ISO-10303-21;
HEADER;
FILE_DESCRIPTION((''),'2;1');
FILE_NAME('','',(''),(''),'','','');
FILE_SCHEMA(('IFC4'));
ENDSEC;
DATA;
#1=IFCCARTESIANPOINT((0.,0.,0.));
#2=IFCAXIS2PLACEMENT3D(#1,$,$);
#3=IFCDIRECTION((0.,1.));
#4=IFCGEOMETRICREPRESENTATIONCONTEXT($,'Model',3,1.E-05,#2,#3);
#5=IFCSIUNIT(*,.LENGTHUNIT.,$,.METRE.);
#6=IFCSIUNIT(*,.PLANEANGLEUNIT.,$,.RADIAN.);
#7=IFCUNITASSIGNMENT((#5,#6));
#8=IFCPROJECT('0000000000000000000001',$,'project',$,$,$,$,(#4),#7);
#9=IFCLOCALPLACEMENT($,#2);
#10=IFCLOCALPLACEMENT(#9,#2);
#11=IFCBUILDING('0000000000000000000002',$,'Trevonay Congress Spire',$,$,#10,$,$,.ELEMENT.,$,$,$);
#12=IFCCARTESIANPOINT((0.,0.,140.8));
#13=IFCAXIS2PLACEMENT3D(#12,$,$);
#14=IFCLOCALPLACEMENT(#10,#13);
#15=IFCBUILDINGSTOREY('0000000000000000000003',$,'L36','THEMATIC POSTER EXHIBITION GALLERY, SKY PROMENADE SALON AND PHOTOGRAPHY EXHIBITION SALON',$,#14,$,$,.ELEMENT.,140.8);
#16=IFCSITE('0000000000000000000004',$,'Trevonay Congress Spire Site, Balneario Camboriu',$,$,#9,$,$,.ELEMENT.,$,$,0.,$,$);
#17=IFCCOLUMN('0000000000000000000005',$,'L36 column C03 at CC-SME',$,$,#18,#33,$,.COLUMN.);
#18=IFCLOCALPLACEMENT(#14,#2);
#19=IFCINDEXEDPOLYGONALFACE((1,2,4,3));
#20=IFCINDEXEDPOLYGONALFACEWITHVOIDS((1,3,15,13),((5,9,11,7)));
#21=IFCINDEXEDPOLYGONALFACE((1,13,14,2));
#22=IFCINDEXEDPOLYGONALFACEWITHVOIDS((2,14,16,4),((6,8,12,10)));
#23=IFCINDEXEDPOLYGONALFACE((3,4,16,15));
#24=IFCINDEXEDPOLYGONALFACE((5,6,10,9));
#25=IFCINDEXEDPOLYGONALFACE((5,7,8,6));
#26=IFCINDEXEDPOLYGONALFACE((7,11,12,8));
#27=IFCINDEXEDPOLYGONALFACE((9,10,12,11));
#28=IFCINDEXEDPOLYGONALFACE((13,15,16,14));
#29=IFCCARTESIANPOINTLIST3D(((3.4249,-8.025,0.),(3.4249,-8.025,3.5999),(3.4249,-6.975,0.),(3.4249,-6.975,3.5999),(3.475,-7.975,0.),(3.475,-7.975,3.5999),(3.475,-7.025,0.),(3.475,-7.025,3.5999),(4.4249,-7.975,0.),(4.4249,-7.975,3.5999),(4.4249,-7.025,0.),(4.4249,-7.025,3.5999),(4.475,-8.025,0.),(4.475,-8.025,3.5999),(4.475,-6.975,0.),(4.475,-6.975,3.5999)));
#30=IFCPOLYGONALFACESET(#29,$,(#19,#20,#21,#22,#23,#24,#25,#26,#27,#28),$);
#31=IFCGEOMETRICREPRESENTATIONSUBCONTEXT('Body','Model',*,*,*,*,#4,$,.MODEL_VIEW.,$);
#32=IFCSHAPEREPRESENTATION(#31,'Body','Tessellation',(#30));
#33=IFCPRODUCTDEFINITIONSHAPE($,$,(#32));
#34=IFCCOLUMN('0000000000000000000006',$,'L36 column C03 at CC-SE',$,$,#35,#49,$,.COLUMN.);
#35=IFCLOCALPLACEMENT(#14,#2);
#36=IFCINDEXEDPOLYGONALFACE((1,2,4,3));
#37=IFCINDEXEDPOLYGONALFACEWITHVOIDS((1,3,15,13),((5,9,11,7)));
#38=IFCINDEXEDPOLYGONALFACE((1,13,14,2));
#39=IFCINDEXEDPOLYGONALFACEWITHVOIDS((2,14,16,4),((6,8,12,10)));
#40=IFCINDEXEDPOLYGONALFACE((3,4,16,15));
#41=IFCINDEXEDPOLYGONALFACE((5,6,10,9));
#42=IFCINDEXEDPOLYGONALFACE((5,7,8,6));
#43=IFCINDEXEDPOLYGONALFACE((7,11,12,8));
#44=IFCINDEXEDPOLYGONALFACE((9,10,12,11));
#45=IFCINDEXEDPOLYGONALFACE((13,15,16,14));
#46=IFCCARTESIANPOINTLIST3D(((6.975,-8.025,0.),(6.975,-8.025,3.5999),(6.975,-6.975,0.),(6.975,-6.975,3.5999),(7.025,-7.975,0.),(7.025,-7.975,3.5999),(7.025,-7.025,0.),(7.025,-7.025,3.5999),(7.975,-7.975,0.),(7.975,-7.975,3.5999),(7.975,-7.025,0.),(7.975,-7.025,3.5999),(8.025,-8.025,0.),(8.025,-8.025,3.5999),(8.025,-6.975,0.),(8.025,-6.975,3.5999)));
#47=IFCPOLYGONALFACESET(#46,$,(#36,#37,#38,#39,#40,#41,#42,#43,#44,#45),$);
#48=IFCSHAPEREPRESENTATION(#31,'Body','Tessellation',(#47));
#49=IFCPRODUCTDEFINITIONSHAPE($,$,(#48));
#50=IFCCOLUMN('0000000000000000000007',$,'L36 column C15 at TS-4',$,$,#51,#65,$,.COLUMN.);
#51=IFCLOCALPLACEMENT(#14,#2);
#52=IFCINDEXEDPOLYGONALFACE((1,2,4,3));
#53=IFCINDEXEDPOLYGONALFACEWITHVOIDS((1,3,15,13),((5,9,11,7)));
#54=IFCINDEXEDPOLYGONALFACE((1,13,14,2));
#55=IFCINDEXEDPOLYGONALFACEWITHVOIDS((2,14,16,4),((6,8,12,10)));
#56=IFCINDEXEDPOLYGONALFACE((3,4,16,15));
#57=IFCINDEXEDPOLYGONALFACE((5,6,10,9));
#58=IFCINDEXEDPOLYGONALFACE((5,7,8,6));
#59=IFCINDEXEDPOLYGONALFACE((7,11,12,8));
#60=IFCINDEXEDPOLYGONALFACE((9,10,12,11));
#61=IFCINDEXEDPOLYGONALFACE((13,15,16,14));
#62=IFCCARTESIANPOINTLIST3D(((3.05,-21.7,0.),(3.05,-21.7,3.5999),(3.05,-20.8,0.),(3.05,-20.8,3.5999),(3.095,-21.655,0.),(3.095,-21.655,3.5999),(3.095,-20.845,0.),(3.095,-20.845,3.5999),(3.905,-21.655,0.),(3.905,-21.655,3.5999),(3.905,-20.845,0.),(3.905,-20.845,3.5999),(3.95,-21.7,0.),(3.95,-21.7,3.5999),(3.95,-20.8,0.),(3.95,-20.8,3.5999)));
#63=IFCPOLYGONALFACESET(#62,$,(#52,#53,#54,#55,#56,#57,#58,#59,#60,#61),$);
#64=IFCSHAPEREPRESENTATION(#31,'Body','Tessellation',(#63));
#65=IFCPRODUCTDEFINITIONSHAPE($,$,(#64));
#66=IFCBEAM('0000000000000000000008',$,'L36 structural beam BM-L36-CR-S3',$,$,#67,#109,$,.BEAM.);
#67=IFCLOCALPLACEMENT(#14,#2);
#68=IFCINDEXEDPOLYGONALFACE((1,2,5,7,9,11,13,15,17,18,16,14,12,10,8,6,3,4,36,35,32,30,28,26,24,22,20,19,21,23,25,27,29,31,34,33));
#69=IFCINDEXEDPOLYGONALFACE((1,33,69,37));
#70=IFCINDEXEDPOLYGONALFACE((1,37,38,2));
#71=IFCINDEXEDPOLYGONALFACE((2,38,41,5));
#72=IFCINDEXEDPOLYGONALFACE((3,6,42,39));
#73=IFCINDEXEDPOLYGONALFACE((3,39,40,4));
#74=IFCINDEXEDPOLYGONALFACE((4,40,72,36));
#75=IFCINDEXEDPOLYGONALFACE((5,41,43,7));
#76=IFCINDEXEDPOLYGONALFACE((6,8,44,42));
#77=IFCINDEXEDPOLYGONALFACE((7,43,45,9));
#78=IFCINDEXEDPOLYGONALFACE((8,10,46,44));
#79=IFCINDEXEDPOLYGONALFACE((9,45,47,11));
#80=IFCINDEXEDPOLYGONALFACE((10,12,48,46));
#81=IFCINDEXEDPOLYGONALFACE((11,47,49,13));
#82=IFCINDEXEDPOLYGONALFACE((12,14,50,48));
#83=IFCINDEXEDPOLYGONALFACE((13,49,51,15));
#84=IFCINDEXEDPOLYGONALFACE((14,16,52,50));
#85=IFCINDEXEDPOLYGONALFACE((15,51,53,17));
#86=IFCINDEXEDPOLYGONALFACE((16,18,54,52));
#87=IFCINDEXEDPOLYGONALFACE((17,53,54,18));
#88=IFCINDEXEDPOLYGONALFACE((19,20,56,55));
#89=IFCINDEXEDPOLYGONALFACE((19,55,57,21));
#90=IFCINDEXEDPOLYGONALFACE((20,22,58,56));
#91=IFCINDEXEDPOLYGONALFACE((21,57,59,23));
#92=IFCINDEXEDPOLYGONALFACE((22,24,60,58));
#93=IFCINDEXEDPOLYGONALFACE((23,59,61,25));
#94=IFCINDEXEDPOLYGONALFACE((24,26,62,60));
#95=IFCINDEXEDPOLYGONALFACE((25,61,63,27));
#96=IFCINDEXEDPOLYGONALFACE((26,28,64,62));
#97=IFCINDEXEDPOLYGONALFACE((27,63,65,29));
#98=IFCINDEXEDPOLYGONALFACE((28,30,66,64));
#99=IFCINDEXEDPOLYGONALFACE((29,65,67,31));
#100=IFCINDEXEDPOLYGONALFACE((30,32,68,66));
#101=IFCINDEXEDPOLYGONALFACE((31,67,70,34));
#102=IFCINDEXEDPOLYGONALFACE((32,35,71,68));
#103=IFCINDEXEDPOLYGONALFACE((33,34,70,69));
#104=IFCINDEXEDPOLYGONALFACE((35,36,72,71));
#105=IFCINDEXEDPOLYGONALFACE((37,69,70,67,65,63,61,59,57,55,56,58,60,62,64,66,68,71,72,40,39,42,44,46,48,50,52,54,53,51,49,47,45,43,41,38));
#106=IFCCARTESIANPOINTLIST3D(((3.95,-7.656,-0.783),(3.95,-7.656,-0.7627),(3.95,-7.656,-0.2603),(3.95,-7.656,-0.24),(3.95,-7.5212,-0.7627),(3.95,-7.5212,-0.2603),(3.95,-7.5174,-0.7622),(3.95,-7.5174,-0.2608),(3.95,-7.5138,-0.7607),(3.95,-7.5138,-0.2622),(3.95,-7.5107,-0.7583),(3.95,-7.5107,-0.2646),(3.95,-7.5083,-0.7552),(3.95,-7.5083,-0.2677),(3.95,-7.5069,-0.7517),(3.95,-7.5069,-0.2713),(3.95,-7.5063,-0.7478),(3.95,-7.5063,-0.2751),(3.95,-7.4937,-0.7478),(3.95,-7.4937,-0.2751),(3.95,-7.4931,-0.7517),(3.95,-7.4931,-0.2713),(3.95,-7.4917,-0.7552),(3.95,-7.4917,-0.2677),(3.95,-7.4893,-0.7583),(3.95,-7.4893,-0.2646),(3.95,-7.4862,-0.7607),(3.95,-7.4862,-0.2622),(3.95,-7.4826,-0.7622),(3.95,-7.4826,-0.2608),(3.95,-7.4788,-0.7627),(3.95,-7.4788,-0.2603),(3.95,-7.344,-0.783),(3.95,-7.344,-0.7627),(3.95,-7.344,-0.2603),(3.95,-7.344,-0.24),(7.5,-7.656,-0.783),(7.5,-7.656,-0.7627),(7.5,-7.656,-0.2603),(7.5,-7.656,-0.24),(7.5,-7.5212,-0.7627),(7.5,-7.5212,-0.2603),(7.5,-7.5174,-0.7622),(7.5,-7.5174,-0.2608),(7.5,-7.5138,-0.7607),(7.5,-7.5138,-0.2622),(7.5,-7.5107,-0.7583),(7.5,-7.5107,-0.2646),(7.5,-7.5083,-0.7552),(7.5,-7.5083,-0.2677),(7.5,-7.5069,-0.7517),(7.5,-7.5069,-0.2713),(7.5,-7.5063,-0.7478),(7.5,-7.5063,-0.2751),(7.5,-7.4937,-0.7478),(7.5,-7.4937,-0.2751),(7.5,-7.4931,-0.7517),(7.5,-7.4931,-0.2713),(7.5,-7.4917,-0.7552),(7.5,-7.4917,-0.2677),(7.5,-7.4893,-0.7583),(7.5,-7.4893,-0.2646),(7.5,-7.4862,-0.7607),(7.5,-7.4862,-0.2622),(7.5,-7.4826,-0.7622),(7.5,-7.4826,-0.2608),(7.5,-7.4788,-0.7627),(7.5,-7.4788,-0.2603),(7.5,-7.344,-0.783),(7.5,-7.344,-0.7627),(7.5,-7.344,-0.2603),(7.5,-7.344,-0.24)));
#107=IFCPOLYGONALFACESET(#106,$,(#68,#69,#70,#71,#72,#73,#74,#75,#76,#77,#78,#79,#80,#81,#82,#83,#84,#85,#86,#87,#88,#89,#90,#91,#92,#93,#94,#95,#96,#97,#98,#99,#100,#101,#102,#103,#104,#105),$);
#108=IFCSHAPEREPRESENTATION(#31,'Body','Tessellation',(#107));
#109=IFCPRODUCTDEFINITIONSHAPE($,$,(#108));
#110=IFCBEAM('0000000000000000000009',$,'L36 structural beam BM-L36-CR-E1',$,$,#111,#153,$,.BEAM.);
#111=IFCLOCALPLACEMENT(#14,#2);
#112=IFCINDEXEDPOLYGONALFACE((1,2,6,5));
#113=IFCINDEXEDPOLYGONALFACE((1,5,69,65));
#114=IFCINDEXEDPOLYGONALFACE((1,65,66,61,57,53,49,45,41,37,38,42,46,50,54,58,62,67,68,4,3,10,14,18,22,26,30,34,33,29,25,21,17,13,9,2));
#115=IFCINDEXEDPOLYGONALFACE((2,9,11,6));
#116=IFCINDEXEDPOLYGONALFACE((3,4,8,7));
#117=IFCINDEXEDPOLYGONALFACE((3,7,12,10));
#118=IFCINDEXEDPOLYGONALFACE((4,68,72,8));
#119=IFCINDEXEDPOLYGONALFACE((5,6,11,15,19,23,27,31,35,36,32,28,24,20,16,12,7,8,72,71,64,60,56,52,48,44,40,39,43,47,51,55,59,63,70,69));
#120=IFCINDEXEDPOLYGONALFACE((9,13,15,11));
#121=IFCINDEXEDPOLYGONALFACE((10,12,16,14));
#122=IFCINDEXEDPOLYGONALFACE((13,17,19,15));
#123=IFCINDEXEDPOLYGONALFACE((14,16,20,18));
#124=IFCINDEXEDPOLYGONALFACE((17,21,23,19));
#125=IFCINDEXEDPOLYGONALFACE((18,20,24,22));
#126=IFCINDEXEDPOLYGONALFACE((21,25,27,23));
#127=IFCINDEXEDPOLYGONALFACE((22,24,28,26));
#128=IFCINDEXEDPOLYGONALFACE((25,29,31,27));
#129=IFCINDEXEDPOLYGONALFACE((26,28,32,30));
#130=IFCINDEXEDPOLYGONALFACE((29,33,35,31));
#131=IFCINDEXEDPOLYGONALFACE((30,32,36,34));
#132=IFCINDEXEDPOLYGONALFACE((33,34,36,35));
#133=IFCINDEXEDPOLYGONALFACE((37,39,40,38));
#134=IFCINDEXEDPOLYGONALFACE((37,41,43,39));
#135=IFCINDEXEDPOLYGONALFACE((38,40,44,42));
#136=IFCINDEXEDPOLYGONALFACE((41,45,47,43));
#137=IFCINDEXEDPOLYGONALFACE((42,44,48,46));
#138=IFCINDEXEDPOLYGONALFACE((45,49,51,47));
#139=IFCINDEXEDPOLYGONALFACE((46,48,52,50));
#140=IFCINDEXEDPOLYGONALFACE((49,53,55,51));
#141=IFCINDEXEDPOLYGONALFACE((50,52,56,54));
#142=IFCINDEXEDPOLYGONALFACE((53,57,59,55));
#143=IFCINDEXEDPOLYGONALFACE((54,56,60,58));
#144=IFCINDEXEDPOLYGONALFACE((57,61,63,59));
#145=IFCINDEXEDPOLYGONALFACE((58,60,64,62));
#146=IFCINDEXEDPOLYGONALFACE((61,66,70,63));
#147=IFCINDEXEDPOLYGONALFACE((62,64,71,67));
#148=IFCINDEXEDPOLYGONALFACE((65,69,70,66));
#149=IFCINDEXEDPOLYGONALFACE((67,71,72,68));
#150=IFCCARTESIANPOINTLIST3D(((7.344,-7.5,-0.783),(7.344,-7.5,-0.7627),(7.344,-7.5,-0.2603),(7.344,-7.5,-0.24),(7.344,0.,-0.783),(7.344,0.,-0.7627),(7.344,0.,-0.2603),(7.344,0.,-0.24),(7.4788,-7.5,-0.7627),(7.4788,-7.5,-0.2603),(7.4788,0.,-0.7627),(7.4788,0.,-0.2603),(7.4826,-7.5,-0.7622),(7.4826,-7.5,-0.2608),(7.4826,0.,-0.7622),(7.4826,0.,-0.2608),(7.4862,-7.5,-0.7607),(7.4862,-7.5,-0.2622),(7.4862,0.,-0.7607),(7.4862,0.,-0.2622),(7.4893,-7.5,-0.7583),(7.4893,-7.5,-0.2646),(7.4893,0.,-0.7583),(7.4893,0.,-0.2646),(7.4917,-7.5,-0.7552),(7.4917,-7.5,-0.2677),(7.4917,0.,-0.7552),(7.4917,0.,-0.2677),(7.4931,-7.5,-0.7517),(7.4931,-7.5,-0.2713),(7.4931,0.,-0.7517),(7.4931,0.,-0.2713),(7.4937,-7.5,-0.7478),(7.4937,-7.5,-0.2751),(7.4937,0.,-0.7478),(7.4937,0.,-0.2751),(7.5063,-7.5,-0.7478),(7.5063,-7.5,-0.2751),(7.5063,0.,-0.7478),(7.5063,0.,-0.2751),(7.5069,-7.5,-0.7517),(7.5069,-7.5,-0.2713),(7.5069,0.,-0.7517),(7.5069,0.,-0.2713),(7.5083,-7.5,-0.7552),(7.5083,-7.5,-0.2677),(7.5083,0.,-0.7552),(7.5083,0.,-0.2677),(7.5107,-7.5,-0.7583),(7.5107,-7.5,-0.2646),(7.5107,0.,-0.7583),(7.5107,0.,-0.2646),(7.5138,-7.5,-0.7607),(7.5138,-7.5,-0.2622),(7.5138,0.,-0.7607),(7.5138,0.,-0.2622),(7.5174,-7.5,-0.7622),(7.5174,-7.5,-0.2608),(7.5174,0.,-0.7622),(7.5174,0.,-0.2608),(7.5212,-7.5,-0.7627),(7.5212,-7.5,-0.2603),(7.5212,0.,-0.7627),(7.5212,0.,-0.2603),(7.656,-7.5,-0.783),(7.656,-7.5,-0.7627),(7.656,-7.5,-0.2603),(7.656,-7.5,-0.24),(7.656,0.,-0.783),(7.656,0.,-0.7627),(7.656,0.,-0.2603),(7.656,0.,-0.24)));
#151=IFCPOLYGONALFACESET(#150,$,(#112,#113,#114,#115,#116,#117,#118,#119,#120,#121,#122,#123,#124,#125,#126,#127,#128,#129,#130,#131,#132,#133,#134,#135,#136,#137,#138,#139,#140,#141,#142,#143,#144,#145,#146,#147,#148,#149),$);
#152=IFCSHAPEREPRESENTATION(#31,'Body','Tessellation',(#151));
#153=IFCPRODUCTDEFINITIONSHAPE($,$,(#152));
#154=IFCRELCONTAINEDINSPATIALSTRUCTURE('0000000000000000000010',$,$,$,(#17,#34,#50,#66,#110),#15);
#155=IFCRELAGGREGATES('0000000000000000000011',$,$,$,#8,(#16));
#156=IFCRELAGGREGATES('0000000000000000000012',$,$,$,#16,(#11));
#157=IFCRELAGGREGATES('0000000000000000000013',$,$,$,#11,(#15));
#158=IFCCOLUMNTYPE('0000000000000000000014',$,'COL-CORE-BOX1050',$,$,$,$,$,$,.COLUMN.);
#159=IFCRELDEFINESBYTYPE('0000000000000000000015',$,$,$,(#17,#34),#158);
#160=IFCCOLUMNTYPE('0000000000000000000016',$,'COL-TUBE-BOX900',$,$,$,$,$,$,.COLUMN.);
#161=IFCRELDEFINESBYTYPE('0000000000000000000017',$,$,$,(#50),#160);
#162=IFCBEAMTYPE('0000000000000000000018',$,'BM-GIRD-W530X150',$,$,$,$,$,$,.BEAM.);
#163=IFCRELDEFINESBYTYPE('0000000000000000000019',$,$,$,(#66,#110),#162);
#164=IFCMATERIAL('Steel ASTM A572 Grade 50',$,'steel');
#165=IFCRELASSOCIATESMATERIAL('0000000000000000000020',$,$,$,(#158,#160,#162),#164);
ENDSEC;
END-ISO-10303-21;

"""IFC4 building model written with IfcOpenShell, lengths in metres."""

from ifc_helpers import new_model, si_unit, direction, frame, origin, origin_2d, place, context, subcontext, project, spatial, hollow_rectangle, i_section, extrude, material, material_profile, profile_set, type_object, element, save


model = new_model("IFC4")

# Units and contexts
model_context = context("Model", 3, precision=1e-05, world=origin(), true_north=direction((0.0, 1.0)))
body_context = subcontext(model_context, "Body", "Model", "MODEL_VIEW")
ifc_project = project(units=[si_unit("LENGTHUNIT", "METRE"), si_unit("PLANEANGLEUNIT", "RADIAN")], contexts=[model_context])

# Site, building, storey
site_placement = place(None, origin())
site = spatial("IfcSite", under=ifc_project, at=site_placement, Name="Trevonay Congress Spire Site, Balneario Camboriu", CompositionType="ELEMENT", RefElevation=0.0)
building_placement = place(site_placement, origin())
building = spatial("IfcBuilding", under=site, at=building_placement, Name="Trevonay Congress Spire", CompositionType="ELEMENT")
storey_placement = place(building_placement, frame((0.0, 0.0, 140.8)))
storey = spatial("IfcBuildingStorey", under=building, at=storey_placement, Name="L36", Description="THEMATIC POSTER EXHIBITION GALLERY, SKY PROMENADE SALON AND PHOTOGRAPHY EXHIBITION SALON", CompositionType="ELEMENT", Elevation=140.8)

# Columns
ifc_material_1 = material(Name="Steel ASTM A572 Grade 50", Category="steel")
ifc_material_profile_1 = material_profile(ifc_material_1, hollow_rectangle(XDim=1.05, YDim=1.05, WallThickness=0.05, at=origin_2d()), Name="BOX 1050x1050x50")
ifc_profile_set_1 = profile_set([ifc_material_profile_1], Name="Steel ASTM A572 Grade 50")
column_type_1 = type_object("IfcColumnType", Name="COL-CORE-BOX1050", PredefinedType="COLUMN", material=ifc_profile_set_1)
for number, where, z_axis, x_axis, name in (
    (1, (3.95, -7.5, 0.0), (0.0, 0.0, 1.0), (1.0, 0.0, 0.0), "L36 column C03 at CC-SME"),
    (2, (7.5, -7.5, 0.0), (0.0, 0.0, 1.0), (1.0, 0.0, 0.0), "L36 column C03 at CC-SE"),
):
    element("IfcColumn", number, at=place(storey_placement, frame(where, z_axis=z_axis, x_axis=x_axis)), inside=storey, type_object=column_type_1, Name=name, PredefinedType="COLUMN", context=body_context, shape_type="SweptSolid", body=[
        extrude(hollow_rectangle(XDim=1.05, YDim=1.05, WallThickness=0.05, at=origin_2d()), origin(), (0.0, 0.0, 1.0), 3.5999),
    ])
ifc_material_profile_2 = material_profile(ifc_material_1, hollow_rectangle(XDim=0.8999, YDim=0.8999, WallThickness=0.0449, at=origin_2d()), Name="BOX 900x900x45")
ifc_profile_set_2 = profile_set([ifc_material_profile_2], Name="Steel ASTM A572 Grade 50")
column_type_2 = type_object("IfcColumnType", Name="COL-TUBE-BOX900", PredefinedType="COLUMN", material=ifc_profile_set_2)
column_placement = place(storey_placement, frame((3.5, -21.25, 0.0), z_axis=(0.0, 0.0, 1.0), x_axis=(1.0, 0.0, 0.0)))
element("IfcColumn", 3, at=column_placement, inside=storey, type_object=column_type_2, Name="L36 column C15 at TS-4", PredefinedType="COLUMN", context=body_context, shape_type="SweptSolid", body=[
    extrude(hollow_rectangle(XDim=0.8999, YDim=0.8999, WallThickness=0.0449, at=origin_2d()), origin(), (0.0, 0.0, 1.0), 3.5999),
])

# Beams
ifc_material_profile_3 = material_profile(ifc_material_1, i_section(OverallWidth=0.312, OverallDepth=0.543, WebThickness=0.0127, FlangeThickness=0.0203, FilletRadius=0.0149, at=origin_2d()), Name="W530x150")
ifc_profile_set_3 = profile_set([ifc_material_profile_3], Name="Steel ASTM A572 Grade 50")
beam_type_1 = type_object("IfcBeamType", Name="BM-GIRD-W530X150", PredefinedType="BEAM", material=ifc_profile_set_3)
beam_1_placement = place(storey_placement, frame((3.95, -7.5, -0.5115), z_axis=(1.0, 0.0, 0.0), x_axis=(0.0, 1.0, 0.0)))
element("IfcBeam", 4, at=beam_1_placement, inside=storey, type_object=beam_type_1, Name="L36 structural beam BM-L36-CR-S3", PredefinedType="BEAM", context=body_context, shape_type="SweptSolid", body=[
    extrude(i_section(OverallWidth=0.312, OverallDepth=0.543, WebThickness=0.0127, FlangeThickness=0.0203, FilletRadius=0.0149, at=origin_2d()), origin(), (0.0, 0.0, 1.0), 3.55),
])
beam_2_placement = place(storey_placement, frame((7.5, -7.5, -0.5115), z_axis=(0.0, 1.0, 0.0), x_axis=(-1.0, 0.0, 0.0)))
element("IfcBeam", 5, at=beam_2_placement, inside=storey, type_object=beam_type_1, Name="L36 structural beam BM-L36-CR-E1", PredefinedType="BEAM", context=body_context, shape_type="SweptSolid", body=[
    extrude(i_section(OverallWidth=0.312, OverallDepth=0.543, WebThickness=0.0127, FlangeThickness=0.0203, FilletRadius=0.0149, at=origin_2d()), origin(), (0.0, 0.0, 1.0), 7.5),
])

save(model, "model.ifc")
